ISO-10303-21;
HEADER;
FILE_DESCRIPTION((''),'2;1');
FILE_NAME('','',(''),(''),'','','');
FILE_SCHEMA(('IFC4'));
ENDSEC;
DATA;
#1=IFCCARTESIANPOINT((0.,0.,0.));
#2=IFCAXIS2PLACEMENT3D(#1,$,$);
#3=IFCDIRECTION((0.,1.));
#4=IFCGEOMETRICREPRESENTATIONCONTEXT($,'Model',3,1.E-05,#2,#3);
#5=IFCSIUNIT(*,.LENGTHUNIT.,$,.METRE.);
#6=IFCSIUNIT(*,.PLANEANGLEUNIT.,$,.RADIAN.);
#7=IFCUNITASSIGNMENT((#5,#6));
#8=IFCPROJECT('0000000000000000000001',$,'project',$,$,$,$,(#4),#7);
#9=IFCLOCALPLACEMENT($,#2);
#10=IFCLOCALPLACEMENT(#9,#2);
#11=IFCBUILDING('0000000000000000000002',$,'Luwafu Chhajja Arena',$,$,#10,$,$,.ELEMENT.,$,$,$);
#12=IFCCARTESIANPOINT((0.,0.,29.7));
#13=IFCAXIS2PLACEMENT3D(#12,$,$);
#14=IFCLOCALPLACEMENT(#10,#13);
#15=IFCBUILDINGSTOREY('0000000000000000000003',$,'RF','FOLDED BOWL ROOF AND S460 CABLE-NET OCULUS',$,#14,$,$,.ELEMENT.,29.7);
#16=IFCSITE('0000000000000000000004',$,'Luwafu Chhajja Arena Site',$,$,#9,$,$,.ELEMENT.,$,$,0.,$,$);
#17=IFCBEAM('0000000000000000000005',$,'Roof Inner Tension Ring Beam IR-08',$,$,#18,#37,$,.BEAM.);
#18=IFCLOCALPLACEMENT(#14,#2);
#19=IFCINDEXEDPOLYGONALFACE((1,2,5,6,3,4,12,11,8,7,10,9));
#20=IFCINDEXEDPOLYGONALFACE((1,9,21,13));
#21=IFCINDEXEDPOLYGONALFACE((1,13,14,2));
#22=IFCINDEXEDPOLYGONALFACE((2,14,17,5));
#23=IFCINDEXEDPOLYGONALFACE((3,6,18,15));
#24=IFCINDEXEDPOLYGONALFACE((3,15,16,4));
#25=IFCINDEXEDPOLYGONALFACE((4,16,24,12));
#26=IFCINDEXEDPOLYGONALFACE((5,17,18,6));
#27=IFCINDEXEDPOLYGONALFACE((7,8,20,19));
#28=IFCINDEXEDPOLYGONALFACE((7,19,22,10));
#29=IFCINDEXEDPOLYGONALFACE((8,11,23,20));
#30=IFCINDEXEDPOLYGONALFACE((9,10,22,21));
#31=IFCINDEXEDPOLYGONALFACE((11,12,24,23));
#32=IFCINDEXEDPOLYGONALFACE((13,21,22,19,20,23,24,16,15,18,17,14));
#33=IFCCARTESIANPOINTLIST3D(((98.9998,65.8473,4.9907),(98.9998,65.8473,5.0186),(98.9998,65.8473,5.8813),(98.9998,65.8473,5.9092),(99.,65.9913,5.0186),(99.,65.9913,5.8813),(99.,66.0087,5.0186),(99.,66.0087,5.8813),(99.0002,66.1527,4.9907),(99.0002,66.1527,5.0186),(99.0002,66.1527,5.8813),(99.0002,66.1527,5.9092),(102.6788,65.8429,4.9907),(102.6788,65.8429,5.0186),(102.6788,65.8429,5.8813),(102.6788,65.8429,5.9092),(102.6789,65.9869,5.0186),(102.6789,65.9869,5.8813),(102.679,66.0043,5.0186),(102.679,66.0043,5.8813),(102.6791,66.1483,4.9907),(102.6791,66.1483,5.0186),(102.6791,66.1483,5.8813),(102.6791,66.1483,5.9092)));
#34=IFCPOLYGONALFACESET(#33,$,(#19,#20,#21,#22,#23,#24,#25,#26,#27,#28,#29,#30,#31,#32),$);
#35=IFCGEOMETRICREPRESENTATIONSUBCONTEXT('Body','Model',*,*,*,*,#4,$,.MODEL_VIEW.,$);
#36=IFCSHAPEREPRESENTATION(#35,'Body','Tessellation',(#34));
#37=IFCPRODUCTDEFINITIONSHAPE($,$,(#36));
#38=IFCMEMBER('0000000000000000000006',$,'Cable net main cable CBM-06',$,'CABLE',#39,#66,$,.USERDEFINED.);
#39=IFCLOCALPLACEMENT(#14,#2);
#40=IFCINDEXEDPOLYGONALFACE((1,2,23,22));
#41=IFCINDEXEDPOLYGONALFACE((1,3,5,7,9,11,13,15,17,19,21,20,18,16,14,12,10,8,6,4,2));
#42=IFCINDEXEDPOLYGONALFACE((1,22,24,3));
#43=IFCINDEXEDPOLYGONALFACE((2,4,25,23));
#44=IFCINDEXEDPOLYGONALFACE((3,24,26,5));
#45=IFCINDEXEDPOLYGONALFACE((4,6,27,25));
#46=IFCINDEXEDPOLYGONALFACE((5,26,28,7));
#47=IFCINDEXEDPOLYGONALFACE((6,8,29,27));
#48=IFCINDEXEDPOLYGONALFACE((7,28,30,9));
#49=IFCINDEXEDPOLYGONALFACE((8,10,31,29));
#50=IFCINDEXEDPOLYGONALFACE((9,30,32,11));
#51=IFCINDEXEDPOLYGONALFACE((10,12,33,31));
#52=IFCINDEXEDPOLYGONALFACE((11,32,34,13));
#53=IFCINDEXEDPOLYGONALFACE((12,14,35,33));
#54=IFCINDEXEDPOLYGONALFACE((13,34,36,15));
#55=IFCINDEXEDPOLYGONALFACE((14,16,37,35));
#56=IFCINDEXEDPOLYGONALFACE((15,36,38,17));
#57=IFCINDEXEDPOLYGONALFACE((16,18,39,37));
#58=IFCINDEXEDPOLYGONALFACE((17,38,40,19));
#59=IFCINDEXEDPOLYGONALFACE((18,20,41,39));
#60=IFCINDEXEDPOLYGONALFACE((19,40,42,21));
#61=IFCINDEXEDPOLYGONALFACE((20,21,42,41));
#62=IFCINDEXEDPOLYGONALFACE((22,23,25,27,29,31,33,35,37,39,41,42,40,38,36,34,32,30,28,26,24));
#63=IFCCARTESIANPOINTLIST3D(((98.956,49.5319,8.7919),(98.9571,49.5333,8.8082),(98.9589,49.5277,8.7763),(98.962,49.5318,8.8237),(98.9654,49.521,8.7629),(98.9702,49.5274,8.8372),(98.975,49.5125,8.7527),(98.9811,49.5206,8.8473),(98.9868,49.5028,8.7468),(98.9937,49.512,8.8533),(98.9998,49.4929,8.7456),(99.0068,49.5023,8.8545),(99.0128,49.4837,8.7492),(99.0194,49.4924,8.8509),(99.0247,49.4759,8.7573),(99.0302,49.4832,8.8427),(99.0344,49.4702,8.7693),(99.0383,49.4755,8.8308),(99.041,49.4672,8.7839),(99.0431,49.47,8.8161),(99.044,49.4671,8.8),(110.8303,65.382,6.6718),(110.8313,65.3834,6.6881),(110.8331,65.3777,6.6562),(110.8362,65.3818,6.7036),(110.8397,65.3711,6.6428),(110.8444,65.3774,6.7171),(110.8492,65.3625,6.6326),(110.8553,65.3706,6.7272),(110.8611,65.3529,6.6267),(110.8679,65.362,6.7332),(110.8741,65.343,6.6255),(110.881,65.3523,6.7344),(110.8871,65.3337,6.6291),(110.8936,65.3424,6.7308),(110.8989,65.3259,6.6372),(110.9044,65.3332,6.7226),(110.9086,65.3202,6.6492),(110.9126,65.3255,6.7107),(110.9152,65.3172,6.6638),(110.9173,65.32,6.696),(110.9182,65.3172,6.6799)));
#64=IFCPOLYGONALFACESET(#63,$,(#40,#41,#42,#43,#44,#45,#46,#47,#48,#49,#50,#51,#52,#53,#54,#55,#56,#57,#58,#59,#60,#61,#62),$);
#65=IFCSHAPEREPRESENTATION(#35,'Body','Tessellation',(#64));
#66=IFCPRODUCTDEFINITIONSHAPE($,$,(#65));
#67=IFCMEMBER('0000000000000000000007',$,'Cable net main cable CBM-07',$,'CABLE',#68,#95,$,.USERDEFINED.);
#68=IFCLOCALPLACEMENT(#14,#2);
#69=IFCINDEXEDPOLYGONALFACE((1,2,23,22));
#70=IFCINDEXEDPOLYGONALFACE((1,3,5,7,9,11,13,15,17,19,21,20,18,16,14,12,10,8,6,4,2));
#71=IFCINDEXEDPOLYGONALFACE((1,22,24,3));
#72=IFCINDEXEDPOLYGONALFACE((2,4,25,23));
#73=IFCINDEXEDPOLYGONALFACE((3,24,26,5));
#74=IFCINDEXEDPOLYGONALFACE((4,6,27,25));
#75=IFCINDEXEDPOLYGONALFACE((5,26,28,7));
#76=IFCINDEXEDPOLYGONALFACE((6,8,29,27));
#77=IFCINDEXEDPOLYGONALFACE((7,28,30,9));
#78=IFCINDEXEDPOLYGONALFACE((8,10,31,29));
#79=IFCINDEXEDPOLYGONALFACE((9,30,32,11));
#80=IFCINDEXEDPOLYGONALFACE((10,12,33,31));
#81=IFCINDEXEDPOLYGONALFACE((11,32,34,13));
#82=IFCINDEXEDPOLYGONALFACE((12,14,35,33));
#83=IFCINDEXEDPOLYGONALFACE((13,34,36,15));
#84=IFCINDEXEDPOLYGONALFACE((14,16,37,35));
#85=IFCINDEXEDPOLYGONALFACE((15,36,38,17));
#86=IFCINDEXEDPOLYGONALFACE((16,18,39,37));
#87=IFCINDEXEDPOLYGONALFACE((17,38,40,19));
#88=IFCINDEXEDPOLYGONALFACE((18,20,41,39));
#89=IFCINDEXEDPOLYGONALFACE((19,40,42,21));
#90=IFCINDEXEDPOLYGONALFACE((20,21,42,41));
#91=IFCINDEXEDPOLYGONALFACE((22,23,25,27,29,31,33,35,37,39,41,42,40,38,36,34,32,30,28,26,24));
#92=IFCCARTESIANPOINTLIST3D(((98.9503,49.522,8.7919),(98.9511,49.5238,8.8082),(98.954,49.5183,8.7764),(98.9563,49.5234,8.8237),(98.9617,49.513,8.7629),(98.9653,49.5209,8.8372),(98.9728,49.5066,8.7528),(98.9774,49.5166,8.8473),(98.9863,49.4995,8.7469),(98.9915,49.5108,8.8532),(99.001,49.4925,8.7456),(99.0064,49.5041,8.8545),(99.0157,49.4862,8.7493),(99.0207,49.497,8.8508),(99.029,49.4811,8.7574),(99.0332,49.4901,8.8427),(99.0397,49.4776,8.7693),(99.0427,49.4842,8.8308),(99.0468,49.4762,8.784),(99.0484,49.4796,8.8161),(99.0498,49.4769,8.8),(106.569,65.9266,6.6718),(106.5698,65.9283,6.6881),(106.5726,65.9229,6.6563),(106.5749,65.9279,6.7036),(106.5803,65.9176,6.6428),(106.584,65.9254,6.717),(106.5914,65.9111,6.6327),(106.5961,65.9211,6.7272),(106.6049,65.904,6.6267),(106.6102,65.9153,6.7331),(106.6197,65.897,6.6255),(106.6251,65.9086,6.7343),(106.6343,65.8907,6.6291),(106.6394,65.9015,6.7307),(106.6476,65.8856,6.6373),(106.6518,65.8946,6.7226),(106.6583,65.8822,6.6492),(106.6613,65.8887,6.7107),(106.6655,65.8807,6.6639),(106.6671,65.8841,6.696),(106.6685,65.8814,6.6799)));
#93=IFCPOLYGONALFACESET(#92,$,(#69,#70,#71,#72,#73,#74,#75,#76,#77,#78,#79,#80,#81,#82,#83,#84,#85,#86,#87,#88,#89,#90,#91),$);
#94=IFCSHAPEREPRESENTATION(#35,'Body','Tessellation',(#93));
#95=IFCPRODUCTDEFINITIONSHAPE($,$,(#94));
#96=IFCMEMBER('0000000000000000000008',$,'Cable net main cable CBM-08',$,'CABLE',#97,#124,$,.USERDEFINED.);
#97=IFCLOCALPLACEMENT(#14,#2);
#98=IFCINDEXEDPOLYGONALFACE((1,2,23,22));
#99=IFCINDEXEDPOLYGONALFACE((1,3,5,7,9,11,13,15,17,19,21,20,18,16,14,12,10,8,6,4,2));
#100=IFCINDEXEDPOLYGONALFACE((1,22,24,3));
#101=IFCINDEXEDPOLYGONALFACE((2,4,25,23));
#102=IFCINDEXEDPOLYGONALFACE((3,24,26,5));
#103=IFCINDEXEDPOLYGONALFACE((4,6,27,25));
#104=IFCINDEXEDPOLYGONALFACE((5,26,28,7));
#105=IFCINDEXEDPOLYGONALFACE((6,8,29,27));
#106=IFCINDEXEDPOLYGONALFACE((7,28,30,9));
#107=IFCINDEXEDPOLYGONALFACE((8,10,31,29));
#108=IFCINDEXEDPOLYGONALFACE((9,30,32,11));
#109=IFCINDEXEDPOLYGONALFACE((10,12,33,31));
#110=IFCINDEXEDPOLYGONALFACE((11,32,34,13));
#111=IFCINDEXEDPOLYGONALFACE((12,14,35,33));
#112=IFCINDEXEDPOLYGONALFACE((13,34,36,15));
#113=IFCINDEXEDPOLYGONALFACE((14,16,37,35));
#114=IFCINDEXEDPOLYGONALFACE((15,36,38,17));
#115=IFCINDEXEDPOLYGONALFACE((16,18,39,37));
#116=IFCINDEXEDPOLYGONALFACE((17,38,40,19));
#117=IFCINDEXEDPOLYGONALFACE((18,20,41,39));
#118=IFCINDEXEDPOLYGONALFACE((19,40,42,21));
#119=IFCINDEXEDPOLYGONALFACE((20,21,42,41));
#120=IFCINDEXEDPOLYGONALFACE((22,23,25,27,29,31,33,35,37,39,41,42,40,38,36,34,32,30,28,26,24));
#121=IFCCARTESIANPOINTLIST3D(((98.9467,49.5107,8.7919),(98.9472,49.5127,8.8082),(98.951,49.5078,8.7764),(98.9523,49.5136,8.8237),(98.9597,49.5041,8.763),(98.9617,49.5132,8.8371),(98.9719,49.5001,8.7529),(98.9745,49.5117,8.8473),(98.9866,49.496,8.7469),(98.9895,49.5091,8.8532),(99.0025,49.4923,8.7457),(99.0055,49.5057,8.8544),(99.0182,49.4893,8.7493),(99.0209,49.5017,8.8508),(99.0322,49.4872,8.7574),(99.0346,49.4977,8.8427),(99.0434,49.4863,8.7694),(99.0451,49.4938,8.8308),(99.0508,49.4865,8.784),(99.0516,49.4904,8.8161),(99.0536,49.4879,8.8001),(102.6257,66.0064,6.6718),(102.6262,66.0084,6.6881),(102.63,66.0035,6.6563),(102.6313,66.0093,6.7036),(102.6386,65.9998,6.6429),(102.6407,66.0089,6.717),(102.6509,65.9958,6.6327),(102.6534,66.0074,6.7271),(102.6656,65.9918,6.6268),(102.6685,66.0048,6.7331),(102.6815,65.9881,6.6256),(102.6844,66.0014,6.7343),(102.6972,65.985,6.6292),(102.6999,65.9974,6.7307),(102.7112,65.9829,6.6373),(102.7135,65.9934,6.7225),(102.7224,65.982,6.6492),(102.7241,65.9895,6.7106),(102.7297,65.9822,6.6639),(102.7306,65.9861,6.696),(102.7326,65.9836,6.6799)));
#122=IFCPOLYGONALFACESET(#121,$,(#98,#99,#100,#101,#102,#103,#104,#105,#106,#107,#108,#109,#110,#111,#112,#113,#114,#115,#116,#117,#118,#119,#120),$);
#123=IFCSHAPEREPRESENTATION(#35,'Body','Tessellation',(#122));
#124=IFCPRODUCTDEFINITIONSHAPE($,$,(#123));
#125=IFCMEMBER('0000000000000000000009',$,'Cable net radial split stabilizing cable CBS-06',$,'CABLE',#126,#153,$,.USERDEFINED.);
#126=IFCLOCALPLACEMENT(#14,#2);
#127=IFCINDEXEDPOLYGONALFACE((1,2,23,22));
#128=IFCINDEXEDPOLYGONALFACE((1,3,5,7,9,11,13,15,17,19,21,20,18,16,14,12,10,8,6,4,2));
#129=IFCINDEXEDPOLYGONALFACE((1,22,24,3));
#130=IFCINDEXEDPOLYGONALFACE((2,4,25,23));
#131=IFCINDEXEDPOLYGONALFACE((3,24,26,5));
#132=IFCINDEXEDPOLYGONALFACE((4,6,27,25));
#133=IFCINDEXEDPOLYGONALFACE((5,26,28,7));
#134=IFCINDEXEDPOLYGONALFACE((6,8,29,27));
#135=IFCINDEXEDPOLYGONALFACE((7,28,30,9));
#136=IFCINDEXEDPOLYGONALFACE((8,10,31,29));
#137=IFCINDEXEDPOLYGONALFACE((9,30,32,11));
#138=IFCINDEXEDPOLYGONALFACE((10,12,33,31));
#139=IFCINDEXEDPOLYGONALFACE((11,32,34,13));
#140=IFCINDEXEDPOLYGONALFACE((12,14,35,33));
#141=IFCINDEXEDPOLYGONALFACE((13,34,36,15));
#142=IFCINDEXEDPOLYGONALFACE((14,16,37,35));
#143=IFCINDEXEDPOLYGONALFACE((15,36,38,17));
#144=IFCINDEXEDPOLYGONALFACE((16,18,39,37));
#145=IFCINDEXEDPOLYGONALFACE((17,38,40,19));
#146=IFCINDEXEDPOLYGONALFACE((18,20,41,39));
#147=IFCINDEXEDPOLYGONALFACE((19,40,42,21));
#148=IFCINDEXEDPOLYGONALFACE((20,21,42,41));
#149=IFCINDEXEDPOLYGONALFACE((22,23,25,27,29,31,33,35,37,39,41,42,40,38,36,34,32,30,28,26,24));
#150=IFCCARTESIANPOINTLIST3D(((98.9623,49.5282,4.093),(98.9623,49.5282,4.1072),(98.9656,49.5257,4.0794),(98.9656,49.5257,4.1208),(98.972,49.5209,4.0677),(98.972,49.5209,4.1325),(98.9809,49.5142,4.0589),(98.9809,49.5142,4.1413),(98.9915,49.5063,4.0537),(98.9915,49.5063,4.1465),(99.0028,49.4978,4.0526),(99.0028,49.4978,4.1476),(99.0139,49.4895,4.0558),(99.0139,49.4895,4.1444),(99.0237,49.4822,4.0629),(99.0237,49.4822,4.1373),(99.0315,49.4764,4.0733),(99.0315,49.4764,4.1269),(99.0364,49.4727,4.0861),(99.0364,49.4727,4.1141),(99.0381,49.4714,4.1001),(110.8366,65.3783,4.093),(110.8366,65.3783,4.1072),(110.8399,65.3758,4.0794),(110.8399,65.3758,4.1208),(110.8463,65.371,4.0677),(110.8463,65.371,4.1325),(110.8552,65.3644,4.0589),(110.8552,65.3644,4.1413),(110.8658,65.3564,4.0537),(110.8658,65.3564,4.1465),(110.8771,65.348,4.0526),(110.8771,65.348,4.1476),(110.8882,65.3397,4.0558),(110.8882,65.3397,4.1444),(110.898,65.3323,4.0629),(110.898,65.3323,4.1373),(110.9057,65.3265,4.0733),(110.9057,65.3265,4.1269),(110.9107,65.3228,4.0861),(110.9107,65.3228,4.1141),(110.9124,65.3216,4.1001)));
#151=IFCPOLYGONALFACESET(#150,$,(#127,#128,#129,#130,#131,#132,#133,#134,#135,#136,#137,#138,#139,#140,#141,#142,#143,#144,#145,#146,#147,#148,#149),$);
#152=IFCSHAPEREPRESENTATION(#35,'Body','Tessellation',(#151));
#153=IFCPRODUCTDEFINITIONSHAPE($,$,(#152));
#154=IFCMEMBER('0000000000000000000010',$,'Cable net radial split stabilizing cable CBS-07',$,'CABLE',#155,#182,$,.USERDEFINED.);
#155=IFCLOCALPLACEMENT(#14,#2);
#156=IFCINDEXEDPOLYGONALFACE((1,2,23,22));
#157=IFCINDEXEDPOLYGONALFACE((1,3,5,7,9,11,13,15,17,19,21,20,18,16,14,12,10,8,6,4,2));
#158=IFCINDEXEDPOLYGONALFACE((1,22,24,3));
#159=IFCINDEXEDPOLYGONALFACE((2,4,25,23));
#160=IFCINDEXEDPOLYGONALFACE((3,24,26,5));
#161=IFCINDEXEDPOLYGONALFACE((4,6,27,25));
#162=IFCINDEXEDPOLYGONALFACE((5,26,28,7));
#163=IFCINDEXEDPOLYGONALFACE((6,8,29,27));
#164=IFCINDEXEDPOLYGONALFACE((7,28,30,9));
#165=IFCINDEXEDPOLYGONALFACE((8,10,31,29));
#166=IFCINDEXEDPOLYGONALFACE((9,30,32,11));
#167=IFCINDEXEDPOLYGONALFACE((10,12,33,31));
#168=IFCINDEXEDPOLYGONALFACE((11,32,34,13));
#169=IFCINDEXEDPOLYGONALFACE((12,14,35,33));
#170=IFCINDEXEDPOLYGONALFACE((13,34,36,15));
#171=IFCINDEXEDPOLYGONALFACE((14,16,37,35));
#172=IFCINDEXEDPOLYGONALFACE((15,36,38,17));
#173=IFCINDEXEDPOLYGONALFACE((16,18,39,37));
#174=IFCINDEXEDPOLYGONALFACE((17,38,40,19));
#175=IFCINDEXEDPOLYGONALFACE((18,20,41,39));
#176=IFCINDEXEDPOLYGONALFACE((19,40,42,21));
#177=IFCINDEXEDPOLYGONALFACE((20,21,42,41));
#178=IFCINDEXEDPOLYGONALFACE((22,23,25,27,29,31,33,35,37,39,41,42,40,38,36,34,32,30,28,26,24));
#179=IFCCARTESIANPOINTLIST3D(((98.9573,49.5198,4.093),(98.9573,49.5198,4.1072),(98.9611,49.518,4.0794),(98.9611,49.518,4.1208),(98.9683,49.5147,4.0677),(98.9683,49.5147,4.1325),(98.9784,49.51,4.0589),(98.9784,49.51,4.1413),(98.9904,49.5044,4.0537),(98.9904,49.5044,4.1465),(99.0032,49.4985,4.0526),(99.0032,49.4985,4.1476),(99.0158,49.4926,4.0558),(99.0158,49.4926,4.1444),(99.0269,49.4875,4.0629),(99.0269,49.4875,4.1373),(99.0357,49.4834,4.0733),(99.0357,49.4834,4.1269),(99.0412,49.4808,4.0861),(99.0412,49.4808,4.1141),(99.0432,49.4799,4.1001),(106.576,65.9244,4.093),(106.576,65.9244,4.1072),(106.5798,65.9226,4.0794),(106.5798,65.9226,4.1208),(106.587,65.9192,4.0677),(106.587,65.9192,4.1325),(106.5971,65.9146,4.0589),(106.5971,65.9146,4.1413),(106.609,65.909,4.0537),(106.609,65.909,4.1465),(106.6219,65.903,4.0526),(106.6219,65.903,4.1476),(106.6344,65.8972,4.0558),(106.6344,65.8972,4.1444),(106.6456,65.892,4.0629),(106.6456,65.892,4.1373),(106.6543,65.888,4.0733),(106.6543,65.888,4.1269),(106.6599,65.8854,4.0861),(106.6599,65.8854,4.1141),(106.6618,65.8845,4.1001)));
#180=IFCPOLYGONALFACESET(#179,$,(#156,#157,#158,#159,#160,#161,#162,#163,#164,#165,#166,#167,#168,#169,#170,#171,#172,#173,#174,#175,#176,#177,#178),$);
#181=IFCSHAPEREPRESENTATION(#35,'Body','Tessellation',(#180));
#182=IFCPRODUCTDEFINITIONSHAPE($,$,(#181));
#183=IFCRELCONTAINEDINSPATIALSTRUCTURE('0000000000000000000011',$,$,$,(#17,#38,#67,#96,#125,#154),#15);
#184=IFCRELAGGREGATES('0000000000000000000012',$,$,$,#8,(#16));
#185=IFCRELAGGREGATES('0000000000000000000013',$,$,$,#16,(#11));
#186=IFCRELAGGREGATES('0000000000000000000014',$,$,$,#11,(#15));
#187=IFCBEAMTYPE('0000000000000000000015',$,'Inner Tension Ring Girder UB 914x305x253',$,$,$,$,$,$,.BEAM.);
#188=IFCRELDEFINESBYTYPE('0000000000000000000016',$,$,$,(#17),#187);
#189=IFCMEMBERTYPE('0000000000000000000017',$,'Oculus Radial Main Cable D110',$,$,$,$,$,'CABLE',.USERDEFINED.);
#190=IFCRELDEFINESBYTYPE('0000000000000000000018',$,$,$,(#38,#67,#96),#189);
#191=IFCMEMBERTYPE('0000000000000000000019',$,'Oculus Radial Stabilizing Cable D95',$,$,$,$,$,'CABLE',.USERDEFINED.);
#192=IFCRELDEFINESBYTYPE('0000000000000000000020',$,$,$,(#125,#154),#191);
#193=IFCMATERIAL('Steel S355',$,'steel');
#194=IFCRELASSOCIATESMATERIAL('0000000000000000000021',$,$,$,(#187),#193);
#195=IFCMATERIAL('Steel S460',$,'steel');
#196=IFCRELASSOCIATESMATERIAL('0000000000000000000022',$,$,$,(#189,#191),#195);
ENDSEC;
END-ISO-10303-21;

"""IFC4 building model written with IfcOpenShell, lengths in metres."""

from ifc_helpers import new_model, si_unit, direction, frame, origin, origin_2d, place, context, subcontext, project, spatial, circle, i_section, extrude, material, material_profile, profile_set, type_object, element, save


model = new_model("IFC4")

# Units and contexts
model_context = context("Model", 3, precision=1e-05, world=origin(), true_north=direction((0.0, 1.0)))
body_context = subcontext(model_context, "Body", "Model", "MODEL_VIEW")
ifc_project = project(units=[si_unit("LENGTHUNIT", "METRE"), si_unit("PLANEANGLEUNIT", "RADIAN")], contexts=[model_context])

# Site, building, storey
site_placement = place(None, origin())
site = spatial("IfcSite", under=ifc_project, at=site_placement, Name="Luwafu Chhajja Arena Site", CompositionType="ELEMENT", RefElevation=0.0)
building_placement = place(site_placement, origin())
building = spatial("IfcBuilding", under=site, at=building_placement, Name="Luwafu Chhajja Arena", CompositionType="ELEMENT")
storey_placement = place(building_placement, frame((0.0, 0.0, 29.7)))
storey = spatial("IfcBuildingStorey", under=building, at=storey_placement, Name="RF", Description="FOLDED BOWL ROOF AND S460 CABLE-NET OCULUS", CompositionType="ELEMENT", Elevation=29.7)

# Shared definitions
ifc_material_1 = material(Name="Steel S355", Category="steel")

# Beam
ifc_material_profile_1 = material_profile(ifc_material_1, i_section(OverallWidth=0.3054, OverallDepth=0.9185, WebThickness=0.0173, FlangeThickness=0.0278, at=origin_2d()), Name="UB 914x305x253")
ifc_profile_set_1 = profile_set([ifc_material_profile_1], Name="Steel S355")
beam_type = type_object("IfcBeamType", Name="Inner Tension Ring Girder UB 914x305x253", PredefinedType="BEAM", material=ifc_profile_set_1)
beam_1_placement = place(storey_placement, frame((102.679, 65.9956, 5.45), z_axis=(-0.999999, 0.001195, 0.0), x_axis=(-0.001195, -0.999999, 0.0)))
element("IfcBeam", 1, at=beam_1_placement, inside=storey, type_object=beam_type, Name="Roof Inner Tension Ring Beam IR-08", PredefinedType="BEAM", context=body_context, shape_type="SweptSolid", body=[
    extrude(i_section(OverallWidth=0.3054, OverallDepth=0.9185, WebThickness=0.0173, FlangeThickness=0.0278, at=origin_2d()), origin(), (0.0, 0.0, 1.0), 3.679),
])

# Members
ifc_material_2 = material(Name="Steel S460", Category="steel")
ifc_material_profile_2 = material_profile(ifc_material_2, circle(Radius=0.0549, at=origin_2d()), Name="CABLE D110")
ifc_profile_set_2 = profile_set([ifc_material_profile_2], Name="Steel S460")
member_type_1 = type_object("IfcMemberType", Name="Oculus Radial Main Cable D110", ElementType="CABLE", PredefinedType="USERDEFINED", material=ifc_profile_set_2)
member_1_placement = place(storey_placement, frame((110.8743, 65.3501, 6.6799), z_axis=(-0.596164, -0.795776, 0.106443), x_axis=(0.800322, -0.59957, 0.0)))
element("IfcMember", 2, at=member_1_placement, inside=storey, type_object=member_type_1, Name="Cable net main cable CBM-06", ObjectType="CABLE", PredefinedType="USERDEFINED", context=body_context, shape_type="SweptSolid", body=[
    extrude(circle(Radius=0.0549, at=origin_2d()), origin(), (0.0, 0.0, 1.0), 19.9177),
])
member_2_placement = place(storey_placement, frame((106.6187, 65.9045, 6.6799), z_axis=(-0.41835, -0.900794, 0.116418), x_axis=(0.906961, -0.421214, 0.0)))
element("IfcMember", 3, at=member_2_placement, inside=storey, type_object=member_type_1, Name="Cable net main cable CBM-07", ObjectType="CABLE", PredefinedType="USERDEFINED", context=body_context, shape_type="SweptSolid", body=[
    extrude(circle(Radius=0.0549, at=origin_2d()), origin(), (0.0, 0.0, 1.0), 18.2112),
])
member_3_placement = place(storey_placement, frame((102.679, 65.9956, 6.6799), z_axis=(-0.215986, -0.968431, 0.124469), x_axis=(0.976021, -0.217678, 0.0)))
element("IfcMember", 4, at=member_3_placement, inside=storey, type_object=member_type_1, Name="Cable net main cable CBM-08", ObjectType="CABLE", PredefinedType="USERDEFINED", context=body_context, shape_type="SweptSolid", body=[
    extrude(circle(Radius=0.0549, at=origin_2d()), origin(), (0.0, 0.0, 1.0), 17.0334),
])
ifc_material_profile_3 = material_profile(ifc_material_2, circle(Radius=0.0476, at=origin_2d()), Name="CABLE D95")
ifc_profile_set_3 = profile_set([ifc_material_profile_3], Name="Steel S460")
member_type_2 = type_object("IfcMemberType", Name="Oculus Radial Stabilizing Cable D95", ElementType="CABLE", PredefinedType="USERDEFINED", material=ifc_profile_set_3)
member_4_placement = place(storey_placement, frame((110.8743, 65.3501, 4.1001), z_axis=(-0.59957, -0.800322, 0.0), x_axis=(0.800322, -0.59957, 0.0)))
element("IfcMember", 5, at=member_4_placement, inside=storey, type_object=member_type_2, Name="Cable net radial split stabilizing cable CBS-06", ObjectType="CABLE", PredefinedType="USERDEFINED", context=body_context, shape_type="SweptSolid", body=[
    extrude(circle(Radius=0.0476, at=origin_2d()), origin(), (0.0, 0.0, 1.0), 19.8047),
])
member_5_placement = place(storey_placement, frame((106.6187, 65.9045, 4.1001), z_axis=(-0.421214, -0.906961, 0.0), x_axis=(0.906961, -0.421214, 0.0)))
element("IfcMember", 6, at=member_5_placement, inside=storey, type_object=member_type_2, Name="Cable net radial split stabilizing cable CBS-07", ObjectType="CABLE", PredefinedType="USERDEFINED", context=body_context, shape_type="SweptSolid", body=[
    extrude(circle(Radius=0.0476, at=origin_2d()), origin(), (0.0, 0.0, 1.0), 18.0874),
])

save(model, "model.ifc")
